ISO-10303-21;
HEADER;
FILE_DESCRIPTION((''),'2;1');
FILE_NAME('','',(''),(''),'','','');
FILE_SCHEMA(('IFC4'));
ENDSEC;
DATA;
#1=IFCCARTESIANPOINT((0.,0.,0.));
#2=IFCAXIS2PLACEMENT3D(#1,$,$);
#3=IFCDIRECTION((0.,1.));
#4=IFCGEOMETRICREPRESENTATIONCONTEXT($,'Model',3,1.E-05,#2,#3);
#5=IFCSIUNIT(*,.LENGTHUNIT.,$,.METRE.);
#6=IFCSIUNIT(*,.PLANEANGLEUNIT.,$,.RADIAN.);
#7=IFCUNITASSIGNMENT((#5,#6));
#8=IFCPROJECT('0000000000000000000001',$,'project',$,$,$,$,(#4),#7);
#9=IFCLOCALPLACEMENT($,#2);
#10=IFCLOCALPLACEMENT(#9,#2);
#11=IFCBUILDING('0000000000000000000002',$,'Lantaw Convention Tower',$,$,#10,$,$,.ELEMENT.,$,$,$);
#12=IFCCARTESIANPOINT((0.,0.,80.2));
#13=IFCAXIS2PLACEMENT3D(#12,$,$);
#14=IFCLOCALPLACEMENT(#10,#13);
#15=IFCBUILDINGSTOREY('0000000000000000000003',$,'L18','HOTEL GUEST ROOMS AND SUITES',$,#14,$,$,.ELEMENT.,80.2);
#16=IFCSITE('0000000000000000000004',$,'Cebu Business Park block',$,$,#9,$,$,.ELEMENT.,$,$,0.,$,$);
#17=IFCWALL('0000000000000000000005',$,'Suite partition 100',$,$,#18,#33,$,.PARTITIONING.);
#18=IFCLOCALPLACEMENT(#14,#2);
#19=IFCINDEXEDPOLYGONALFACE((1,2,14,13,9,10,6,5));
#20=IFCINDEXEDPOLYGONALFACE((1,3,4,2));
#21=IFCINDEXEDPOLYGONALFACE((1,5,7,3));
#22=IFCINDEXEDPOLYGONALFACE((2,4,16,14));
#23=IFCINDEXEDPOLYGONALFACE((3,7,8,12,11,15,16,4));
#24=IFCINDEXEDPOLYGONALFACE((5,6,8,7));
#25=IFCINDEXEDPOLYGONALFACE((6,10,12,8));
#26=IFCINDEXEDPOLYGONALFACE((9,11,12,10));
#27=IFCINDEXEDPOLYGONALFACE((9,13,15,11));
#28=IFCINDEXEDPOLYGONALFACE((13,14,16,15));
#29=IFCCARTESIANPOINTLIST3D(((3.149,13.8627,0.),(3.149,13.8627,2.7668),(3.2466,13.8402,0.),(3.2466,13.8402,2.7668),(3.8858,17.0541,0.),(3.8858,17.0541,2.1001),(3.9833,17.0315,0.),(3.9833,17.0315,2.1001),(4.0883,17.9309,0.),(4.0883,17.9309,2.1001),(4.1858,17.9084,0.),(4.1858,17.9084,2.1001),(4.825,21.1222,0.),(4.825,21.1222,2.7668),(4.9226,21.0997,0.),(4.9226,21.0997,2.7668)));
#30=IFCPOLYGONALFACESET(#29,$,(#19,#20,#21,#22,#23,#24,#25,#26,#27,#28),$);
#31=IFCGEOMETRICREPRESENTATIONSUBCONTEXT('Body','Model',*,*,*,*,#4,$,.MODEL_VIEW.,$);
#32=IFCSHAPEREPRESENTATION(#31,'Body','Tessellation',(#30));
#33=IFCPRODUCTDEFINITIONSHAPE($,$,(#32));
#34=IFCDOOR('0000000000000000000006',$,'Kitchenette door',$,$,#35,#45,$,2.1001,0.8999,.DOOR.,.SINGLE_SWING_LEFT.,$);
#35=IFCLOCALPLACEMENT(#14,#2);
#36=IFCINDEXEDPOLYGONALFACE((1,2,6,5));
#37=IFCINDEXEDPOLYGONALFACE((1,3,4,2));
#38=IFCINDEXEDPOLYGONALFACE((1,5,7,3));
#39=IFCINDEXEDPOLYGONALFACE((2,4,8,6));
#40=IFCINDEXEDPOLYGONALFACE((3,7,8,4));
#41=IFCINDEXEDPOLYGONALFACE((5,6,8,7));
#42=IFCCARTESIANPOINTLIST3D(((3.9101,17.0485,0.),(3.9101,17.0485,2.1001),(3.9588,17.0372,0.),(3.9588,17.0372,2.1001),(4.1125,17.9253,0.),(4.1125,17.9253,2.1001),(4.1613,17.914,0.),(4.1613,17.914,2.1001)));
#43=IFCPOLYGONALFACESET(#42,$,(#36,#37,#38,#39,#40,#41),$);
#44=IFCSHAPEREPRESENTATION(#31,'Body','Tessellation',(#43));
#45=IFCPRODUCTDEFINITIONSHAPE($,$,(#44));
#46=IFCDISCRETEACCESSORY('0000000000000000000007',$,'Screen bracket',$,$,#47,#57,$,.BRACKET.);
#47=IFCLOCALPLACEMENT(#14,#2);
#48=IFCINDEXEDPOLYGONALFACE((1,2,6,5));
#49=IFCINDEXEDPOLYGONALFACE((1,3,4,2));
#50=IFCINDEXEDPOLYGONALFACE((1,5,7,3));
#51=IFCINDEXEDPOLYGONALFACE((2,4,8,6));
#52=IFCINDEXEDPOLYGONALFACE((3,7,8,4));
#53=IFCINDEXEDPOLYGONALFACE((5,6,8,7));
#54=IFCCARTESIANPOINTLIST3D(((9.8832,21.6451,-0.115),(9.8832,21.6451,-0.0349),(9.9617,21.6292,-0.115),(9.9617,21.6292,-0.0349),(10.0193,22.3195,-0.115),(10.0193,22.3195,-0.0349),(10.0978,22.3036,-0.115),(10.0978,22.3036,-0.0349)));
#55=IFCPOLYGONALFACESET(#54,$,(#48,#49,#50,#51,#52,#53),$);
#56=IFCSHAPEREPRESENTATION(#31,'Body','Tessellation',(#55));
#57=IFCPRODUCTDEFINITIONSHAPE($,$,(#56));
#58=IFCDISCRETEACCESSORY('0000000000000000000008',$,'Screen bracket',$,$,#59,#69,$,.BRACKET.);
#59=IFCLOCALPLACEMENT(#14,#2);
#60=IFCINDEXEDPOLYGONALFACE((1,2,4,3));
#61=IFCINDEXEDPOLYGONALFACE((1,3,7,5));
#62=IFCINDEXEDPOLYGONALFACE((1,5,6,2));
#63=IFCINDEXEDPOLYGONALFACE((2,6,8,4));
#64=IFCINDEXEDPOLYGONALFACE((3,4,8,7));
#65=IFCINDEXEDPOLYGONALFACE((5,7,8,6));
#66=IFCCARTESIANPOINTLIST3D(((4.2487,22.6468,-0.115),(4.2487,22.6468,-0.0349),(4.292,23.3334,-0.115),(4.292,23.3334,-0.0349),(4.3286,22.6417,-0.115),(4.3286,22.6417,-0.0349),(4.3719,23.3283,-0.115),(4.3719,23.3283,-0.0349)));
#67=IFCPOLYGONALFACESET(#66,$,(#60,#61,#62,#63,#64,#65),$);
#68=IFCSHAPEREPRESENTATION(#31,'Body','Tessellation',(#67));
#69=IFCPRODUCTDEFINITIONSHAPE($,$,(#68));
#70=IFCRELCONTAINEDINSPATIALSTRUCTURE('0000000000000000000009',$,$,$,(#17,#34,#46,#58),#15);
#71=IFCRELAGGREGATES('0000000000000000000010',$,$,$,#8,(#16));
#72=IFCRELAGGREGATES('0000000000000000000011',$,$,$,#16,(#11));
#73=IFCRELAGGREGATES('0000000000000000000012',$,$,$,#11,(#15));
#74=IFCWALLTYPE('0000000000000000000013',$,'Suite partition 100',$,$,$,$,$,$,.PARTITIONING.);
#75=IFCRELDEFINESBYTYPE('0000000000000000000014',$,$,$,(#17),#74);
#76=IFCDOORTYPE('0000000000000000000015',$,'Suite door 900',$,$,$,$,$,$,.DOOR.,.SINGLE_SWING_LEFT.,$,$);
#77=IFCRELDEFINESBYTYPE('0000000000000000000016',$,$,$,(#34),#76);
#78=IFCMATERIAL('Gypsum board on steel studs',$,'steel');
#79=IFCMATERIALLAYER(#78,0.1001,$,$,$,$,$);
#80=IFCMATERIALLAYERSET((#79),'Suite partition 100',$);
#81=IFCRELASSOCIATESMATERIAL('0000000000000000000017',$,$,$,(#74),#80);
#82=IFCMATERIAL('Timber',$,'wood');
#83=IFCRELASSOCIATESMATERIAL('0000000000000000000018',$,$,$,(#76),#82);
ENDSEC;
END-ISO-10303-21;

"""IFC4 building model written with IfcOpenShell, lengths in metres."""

from ifc_helpers import new_model, si_unit, direction, frame, frame_2d, origin, origin_2d, place, context, subcontext, project, spatial, rectangle, extrude, material, layer, layer_set, type_object, element, fill, save


model = new_model("IFC4")

# Units and contexts
model_context = context("Model", 3, precision=1e-05, world=origin(), true_north=direction((0.0, 1.0)))
body_context = subcontext(model_context, "Body", "Model", "MODEL_VIEW")
ifc_project = project(units=[si_unit("LENGTHUNIT", "METRE"), si_unit("PLANEANGLEUNIT", "RADIAN")], contexts=[model_context])

# Site, building, storey
site_placement = place(None, origin())
site = spatial("IfcSite", under=ifc_project, at=site_placement, Name="Cebu Business Park block", CompositionType="ELEMENT", RefElevation=0.0)
building_placement = place(site_placement, origin())
building = spatial("IfcBuilding", under=site, at=building_placement, Name="Lantaw Convention Tower", CompositionType="ELEMENT")
storey_placement = place(building_placement, frame((0.0, 0.0, 80.2)))
storey = spatial("IfcBuildingStorey", under=building, at=storey_placement, Name="L18", Description="HOTEL GUEST ROOMS AND SUITES", CompositionType="ELEMENT", Elevation=80.2)

# Wall, opening, door
ifc_material_1 = material(Name="Gypsum board on steel studs", Category="steel")
ifc_layer_1 = layer(ifc_material_1, 0.1001)
ifc_layer_set_1 = layer_set([ifc_layer_1], Name="Suite partition 100")
wall_type_1 = type_object("IfcWallType", Name="Suite partition 100", PredefinedType="PARTITIONING", material=ifc_layer_set_1)
wall_1_placement = place(storey_placement, frame((4.8738, 21.1108, 0.0), z_axis=(0.0, 0.0, 1.0), x_axis=(-0.224955, -0.974369, 0.0)))
wall_1 = element("IfcWall", 1, at=wall_1_placement, inside=storey, type_object=wall_type_1, Name="Suite partition 100", PredefinedType="PARTITIONING", context=body_context, shape_type="SweptSolid", body=[
    extrude(rectangle(XDim=7.4504, YDim=0.1001, at=frame_2d((3.7251, 0.0))), origin(), (0.0, 0.0, 1.0), 2.7668),
])
opening_1_placement = place(wall_1_placement, frame((3.2751, 0.0, 0.0)))
opening_1 = element("IfcOpeningElement", 2, at=opening_1_placement, cuts=wall_1, PredefinedType="OPENING", context=body_context, shape_type="SweptSolid", body=[
    extrude(rectangle(XDim=0.8999, YDim=2.1001, at=frame_2d((0.45, 1.05))), frame((0.0, 0.0601, 0.0), z_axis=(0.0, -1.0, 0.0), x_axis=(1.0, 0.0, 0.0)), (0.0, 0.0, 1.0), 0.1201),
])
ifc_material_2 = material(Name="Timber", Category="wood")
door_type = type_object("IfcDoorType", Name="Suite door 900", OperationType="SINGLE_SWING_LEFT", PredefinedType="DOOR", material=ifc_material_2)
door_placement = place(opening_1_placement, origin())
door = element("IfcDoor", 3, at=door_placement, inside=storey, type_object=door_type, Name="Kitchenette door", OperationType="SINGLE_SWING_LEFT", OverallHeight=2.1001, OverallWidth=0.8999, PredefinedType="DOOR", context=body_context, shape_type="SweptSolid", body=[
    extrude(rectangle(XDim=0.8999, YDim=2.1001, at=frame_2d((0.45, 1.05))), frame((0.0, 0.0249, 0.0), z_axis=(0.0, -1.0, 0.0), x_axis=(1.0, 0.0, 0.0)), (0.0, 0.0, 1.0), 0.05),
])
fill(opening_1, door)

# Discrete accessories
for number, where, z_axis, x_axis, name in (
    (4, (9.9905, 21.9744, -0.115), (0.0, 0.0, 1.0), (-0.980245, 0.197789, 0.0), "Screen bracket"),
    (5, (4.3103, 22.9875, -0.115), (0.0, 0.0, 1.0), (-0.998016, 0.062958, 0.0), "Screen bracket"),
):
    element("IfcDiscreteAccessory", number, at=place(storey_placement, frame(where, z_axis=z_axis, x_axis=x_axis)), inside=storey, Name=name, PredefinedType="BRACKET", context=body_context, shape_type="SweptSolid", body=[
        extrude(rectangle(XDim=0.0801, YDim=0.688, at=origin_2d()), origin(), (0.0, 0.0, 1.0), 0.0801),
    ])

save(model, "model.ifc")
